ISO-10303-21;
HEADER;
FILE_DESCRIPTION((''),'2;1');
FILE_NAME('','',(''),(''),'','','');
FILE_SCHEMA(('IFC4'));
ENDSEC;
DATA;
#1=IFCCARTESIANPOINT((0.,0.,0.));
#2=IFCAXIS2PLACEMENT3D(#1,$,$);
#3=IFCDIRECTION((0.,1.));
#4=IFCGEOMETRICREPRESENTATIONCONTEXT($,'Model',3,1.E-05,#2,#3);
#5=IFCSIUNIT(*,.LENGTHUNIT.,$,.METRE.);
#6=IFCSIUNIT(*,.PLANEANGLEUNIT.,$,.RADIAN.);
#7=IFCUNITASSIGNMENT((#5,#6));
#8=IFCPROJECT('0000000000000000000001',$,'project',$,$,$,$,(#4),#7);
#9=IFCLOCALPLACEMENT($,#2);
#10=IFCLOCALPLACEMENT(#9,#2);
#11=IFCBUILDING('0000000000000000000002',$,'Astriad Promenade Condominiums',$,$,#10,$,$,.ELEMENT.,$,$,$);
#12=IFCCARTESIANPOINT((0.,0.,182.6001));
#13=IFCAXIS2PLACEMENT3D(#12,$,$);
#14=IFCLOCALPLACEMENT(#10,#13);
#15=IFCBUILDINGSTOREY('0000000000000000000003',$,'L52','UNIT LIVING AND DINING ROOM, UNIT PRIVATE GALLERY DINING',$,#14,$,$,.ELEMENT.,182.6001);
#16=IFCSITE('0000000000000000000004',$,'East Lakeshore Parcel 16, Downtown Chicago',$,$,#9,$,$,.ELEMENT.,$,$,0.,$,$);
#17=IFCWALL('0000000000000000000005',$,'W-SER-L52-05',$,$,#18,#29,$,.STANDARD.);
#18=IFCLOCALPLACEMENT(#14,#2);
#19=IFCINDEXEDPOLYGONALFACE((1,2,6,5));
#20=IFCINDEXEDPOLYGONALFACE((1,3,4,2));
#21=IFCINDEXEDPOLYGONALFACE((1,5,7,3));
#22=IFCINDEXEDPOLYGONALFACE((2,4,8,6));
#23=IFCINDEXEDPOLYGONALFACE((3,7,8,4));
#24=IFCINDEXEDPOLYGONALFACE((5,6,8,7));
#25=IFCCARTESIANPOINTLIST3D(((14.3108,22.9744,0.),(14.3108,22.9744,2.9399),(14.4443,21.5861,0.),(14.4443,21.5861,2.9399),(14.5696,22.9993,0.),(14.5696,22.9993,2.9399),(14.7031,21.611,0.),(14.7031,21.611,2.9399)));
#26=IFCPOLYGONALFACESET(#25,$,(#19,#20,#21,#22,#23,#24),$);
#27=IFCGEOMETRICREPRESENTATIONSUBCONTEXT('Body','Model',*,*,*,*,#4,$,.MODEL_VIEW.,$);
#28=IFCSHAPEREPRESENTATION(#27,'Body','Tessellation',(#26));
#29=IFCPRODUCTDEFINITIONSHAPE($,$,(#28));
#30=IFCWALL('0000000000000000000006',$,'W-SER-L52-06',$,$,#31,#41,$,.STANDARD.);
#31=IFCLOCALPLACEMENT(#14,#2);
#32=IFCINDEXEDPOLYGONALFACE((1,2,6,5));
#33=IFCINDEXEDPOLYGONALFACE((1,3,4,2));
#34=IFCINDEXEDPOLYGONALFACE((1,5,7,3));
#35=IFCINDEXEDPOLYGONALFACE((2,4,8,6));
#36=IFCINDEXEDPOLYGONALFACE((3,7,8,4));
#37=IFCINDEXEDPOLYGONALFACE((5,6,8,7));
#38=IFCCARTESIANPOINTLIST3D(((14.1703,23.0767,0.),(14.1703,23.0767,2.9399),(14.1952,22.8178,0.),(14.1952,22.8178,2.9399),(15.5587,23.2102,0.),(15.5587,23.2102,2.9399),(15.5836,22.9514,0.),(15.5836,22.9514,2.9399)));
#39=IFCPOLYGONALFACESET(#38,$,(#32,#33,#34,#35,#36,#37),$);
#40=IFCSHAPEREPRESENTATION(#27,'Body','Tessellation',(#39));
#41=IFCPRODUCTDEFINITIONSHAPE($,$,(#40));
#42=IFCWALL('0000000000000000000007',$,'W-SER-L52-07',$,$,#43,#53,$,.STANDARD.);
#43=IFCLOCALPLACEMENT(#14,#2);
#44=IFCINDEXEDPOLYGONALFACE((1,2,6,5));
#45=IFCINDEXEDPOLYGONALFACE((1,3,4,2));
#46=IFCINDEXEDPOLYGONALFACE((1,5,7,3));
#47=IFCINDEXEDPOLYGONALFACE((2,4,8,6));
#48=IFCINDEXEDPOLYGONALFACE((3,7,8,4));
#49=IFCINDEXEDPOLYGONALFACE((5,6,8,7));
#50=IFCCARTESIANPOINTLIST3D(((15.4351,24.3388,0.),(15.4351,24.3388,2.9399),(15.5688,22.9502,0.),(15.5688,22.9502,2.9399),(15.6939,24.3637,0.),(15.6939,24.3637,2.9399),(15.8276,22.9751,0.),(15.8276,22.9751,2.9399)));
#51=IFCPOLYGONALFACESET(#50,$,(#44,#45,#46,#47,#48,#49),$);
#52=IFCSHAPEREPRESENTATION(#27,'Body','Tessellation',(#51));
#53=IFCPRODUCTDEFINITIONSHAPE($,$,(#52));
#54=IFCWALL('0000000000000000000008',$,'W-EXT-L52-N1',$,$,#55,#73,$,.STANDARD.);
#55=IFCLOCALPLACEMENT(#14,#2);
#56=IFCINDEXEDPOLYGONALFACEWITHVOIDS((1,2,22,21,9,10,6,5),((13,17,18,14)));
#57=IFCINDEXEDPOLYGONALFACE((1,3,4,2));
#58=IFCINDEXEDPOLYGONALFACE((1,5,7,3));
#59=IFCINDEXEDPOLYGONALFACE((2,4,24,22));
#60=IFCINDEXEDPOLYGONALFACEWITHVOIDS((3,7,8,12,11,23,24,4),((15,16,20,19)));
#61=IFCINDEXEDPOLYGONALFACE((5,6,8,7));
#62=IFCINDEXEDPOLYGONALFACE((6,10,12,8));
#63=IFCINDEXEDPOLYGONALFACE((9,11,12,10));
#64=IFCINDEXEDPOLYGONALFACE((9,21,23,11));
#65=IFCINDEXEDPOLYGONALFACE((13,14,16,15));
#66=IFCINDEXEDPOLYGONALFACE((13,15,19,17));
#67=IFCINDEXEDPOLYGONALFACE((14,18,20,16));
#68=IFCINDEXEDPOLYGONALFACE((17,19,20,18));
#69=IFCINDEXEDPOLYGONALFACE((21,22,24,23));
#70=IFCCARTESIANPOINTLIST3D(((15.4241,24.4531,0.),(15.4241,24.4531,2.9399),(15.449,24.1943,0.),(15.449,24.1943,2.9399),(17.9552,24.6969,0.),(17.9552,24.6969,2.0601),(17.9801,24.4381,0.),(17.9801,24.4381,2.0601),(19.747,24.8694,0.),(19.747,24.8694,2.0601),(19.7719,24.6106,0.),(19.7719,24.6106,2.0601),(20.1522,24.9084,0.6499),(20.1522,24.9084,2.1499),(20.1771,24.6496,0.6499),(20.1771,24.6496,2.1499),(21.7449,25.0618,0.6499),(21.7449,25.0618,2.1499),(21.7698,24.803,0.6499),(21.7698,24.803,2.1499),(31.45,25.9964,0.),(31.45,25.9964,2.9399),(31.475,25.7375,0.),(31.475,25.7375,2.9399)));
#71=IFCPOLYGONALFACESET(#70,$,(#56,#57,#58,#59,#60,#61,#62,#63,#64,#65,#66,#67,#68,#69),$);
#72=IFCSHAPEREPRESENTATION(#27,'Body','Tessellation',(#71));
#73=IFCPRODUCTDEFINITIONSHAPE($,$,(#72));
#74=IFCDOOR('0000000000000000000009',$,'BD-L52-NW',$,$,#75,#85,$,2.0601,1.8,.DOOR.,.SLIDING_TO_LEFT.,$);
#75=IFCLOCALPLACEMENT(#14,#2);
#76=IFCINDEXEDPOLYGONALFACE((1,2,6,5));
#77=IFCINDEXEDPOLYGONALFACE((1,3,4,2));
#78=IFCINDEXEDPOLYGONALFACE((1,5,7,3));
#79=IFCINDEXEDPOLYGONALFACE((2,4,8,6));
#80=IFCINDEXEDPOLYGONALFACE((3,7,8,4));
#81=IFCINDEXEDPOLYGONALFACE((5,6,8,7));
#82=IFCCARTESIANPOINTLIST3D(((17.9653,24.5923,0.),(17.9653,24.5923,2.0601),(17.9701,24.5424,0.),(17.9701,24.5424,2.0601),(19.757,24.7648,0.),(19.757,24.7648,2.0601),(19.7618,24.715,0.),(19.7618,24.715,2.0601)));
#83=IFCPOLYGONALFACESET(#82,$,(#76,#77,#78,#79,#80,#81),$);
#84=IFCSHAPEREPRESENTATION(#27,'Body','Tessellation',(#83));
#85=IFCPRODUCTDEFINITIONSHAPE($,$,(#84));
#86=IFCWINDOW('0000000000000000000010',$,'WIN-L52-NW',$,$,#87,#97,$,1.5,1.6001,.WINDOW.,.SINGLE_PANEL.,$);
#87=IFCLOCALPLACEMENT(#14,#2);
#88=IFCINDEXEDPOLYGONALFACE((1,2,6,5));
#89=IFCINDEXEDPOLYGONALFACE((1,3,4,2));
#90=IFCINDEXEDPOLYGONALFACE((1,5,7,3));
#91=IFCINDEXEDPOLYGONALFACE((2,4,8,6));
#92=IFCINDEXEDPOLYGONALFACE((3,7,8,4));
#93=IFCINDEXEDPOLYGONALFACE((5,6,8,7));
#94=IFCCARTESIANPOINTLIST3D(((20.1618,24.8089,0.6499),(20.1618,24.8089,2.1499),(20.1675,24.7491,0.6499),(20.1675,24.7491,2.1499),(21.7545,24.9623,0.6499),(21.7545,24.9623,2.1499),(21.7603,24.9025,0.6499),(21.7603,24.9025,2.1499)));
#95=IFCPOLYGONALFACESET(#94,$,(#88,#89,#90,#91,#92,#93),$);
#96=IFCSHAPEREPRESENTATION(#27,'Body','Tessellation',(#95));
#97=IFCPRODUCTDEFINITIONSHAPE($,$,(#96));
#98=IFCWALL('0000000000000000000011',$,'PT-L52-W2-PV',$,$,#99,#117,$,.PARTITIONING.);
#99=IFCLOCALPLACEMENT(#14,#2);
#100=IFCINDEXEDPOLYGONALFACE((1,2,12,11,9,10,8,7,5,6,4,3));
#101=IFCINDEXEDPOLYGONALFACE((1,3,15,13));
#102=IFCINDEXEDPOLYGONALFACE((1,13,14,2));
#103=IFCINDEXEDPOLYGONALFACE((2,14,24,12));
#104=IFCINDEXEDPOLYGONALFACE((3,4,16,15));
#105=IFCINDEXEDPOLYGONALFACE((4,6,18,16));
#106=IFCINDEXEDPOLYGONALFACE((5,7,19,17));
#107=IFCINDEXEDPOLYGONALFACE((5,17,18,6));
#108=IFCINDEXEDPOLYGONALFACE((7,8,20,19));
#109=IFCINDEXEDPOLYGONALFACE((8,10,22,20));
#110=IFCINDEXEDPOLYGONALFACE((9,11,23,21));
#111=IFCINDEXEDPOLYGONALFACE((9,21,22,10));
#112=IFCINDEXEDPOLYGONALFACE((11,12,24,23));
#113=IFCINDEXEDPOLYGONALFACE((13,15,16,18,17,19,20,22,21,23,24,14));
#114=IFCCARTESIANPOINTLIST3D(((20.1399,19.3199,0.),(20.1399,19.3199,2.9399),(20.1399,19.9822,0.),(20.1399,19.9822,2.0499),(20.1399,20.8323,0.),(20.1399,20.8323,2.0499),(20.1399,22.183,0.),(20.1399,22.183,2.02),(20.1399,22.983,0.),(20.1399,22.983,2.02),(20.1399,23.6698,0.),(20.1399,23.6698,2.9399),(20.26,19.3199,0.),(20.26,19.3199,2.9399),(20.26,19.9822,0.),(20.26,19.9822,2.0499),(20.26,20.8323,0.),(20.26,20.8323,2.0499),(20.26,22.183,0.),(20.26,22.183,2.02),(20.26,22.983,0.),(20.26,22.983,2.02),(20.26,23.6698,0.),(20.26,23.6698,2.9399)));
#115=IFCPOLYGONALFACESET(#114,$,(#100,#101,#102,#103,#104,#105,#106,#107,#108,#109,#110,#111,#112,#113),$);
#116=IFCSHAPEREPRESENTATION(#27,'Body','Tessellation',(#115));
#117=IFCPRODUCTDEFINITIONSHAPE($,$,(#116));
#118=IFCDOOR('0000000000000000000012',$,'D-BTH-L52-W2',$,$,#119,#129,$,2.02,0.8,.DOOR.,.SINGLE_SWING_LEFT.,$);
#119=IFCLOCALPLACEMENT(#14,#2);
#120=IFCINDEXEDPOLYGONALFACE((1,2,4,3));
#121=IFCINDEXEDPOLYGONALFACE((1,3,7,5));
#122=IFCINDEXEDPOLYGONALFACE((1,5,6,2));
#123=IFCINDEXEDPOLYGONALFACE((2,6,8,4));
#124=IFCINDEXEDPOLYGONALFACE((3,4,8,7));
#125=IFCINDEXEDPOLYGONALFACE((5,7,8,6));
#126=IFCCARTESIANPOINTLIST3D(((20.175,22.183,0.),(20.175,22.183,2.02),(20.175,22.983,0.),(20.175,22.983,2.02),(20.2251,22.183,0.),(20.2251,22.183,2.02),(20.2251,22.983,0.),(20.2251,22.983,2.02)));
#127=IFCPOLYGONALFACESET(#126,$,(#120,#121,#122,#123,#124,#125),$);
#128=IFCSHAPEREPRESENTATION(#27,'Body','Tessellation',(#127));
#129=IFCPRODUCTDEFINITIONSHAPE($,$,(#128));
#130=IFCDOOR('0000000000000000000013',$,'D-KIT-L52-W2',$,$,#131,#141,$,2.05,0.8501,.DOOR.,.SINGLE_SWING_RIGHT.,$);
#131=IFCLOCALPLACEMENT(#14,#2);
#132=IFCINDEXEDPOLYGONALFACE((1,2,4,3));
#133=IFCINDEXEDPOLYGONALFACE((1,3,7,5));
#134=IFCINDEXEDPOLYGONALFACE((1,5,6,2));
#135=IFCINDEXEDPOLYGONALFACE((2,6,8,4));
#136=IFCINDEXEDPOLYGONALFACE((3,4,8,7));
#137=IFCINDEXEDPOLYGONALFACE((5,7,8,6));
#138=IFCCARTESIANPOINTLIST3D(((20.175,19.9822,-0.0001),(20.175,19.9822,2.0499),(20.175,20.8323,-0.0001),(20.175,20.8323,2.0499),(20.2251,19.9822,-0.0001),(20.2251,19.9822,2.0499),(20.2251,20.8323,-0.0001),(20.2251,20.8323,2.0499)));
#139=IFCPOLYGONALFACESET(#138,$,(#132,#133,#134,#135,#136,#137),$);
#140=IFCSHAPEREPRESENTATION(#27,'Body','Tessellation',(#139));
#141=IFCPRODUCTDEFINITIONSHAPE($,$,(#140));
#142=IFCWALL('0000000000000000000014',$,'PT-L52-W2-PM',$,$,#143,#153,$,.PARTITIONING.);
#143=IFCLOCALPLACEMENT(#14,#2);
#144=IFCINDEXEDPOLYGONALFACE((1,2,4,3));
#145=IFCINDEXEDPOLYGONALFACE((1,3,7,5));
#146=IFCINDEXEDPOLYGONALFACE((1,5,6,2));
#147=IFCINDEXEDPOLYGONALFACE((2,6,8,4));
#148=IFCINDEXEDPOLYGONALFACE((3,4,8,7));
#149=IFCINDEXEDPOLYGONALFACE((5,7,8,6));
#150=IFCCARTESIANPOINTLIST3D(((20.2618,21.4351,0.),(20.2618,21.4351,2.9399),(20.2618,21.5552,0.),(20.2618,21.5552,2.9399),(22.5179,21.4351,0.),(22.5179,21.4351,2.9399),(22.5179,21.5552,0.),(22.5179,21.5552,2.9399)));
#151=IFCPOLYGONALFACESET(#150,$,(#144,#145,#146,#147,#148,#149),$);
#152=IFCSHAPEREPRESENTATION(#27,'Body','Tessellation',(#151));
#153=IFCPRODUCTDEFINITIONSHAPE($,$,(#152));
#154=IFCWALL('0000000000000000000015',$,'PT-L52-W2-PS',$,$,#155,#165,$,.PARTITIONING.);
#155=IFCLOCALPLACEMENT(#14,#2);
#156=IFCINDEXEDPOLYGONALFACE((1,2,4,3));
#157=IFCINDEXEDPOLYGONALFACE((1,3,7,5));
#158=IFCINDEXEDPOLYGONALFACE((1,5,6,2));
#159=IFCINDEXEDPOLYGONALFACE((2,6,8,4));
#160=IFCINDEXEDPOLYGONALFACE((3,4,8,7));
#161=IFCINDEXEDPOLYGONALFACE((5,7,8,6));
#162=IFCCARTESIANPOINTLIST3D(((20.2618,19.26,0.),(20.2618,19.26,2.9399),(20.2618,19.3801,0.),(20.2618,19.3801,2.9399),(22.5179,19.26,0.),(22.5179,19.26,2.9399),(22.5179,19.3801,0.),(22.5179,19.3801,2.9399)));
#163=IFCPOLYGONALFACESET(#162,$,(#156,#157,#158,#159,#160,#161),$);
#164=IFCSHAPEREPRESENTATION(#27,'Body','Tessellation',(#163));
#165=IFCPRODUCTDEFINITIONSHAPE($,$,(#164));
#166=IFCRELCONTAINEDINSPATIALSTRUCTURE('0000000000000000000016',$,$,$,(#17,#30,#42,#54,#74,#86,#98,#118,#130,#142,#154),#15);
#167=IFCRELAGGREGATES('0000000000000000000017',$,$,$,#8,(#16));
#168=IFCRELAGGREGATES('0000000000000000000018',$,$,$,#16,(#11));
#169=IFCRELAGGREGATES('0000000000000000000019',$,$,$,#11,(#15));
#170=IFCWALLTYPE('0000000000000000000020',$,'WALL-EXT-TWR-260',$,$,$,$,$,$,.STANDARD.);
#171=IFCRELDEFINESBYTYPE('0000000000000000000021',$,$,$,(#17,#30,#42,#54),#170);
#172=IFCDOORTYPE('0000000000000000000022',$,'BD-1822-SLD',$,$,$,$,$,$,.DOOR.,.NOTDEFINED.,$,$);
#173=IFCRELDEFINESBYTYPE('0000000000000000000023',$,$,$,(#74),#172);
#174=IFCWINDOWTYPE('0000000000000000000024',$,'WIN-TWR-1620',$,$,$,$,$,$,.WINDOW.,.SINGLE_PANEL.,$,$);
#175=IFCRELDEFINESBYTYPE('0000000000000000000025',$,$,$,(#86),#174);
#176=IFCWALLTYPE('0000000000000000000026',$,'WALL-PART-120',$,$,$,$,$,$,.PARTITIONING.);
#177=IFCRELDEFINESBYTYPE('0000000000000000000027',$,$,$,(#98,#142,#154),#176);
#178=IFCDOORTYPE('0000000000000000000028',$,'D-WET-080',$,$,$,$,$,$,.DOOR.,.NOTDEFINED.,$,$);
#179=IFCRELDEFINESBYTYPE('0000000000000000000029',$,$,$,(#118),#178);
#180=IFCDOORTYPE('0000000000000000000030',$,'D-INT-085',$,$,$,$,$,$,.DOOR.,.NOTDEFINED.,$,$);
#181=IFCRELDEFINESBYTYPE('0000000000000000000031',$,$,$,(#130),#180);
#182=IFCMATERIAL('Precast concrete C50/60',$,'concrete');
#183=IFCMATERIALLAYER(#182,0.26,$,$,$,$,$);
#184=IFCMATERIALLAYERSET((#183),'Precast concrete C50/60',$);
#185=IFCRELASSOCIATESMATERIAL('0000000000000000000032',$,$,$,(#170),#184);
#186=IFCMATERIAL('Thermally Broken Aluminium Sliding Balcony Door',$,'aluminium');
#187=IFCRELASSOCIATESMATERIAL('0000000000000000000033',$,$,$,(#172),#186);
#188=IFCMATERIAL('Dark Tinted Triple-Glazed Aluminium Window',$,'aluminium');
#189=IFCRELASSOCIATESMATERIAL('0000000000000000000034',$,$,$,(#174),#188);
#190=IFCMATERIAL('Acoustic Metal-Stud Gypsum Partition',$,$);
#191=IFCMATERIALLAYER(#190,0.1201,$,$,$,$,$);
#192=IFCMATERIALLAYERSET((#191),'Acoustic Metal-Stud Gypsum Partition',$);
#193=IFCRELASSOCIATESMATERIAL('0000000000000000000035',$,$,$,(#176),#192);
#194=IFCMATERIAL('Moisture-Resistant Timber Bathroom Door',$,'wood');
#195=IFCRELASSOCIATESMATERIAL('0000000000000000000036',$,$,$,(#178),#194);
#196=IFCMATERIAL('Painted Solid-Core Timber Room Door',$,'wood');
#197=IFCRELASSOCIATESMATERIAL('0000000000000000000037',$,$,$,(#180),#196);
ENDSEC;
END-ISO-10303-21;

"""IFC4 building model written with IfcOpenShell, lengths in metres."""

from ifc_helpers import new_model, si_unit, direction, frame, frame_2d, origin, place, context, subcontext, project, spatial, rectangle, extrude, source, transform, mapped, material, layer, layer_set, type_object, type_shapes, element, fill, save


model = new_model("IFC4")

# Units and contexts
model_context = context("Model", 3, precision=1e-05, world=origin(), true_north=direction((0.0, 1.0)))
body_context = subcontext(model_context, "Body", "Model", "MODEL_VIEW")
ifc_project = project(units=[si_unit("LENGTHUNIT", "METRE"), si_unit("PLANEANGLEUNIT", "RADIAN")], contexts=[model_context])

# Site, building, storey
site_placement = place(None, origin())
site = spatial("IfcSite", under=ifc_project, at=site_placement, Name="East Lakeshore Parcel 16, Downtown Chicago", CompositionType="ELEMENT", RefElevation=0.0)
building_placement = place(site_placement, origin())
building = spatial("IfcBuilding", under=site, at=building_placement, Name="Astriad Promenade Condominiums", CompositionType="ELEMENT")
storey_placement = place(building_placement, frame((0.0, 0.0, 182.6001)))
storey = spatial("IfcBuildingStorey", under=building, at=storey_placement, Name="L52", Description="UNIT LIVING AND DINING ROOM, UNIT PRIVATE GALLERY DINING", CompositionType="ELEMENT", Elevation=182.6001)

# Walls
ifc_material_1 = material(Name="Precast concrete C50/60", Category="concrete")
ifc_layer_1 = layer(ifc_material_1, 0.26)
ifc_layer_set_1 = layer_set([ifc_layer_1], Name="Precast concrete C50/60")
wall_type_1 = type_object("IfcWallType", Name="WALL-EXT-TWR-260", PredefinedType="STANDARD", material=ifc_layer_set_1)
for number, where, z_axis, x_axis, name in (
    (1, (14.5737, 21.5986, 0.0), (0.0, 0.0, 1.0), (-0.095742, 0.995406, 0.0), "W-SER-L52-05"),
    (2, (14.1829, 22.9473, 0.0), (0.0, 0.0, 1.0), (0.995406, 0.095742, 0.0), "W-SER-L52-06"),
):
    element("IfcWall", number, at=place(storey_placement, frame(where, z_axis=z_axis, x_axis=x_axis)), inside=storey, type_object=wall_type_1, Name=name, PredefinedType="STANDARD", context=body_context, shape_type="SweptSolid", body=[
        extrude(rectangle(XDim=1.3948, YDim=0.26, at=frame_2d((0.6973, 0.0))), origin(), (0.0, 0.0, 1.0), 2.9399),
    ])
wall_1_placement = place(storey_placement, frame((15.6982, 22.9626, 0.0), z_axis=(0.0, 0.0, 1.0), x_axis=(-0.095899, 0.995391, 0.0)))
element("IfcWall", 3, at=wall_1_placement, inside=storey, type_object=wall_type_1, Name="W-SER-L52-07", PredefinedType="STANDARD", context=body_context, shape_type="SweptSolid", body=[
    extrude(rectangle(XDim=1.395, YDim=0.26, at=frame_2d((0.6975, 0.0))), origin(), (0.0, 0.0, 1.0), 2.9399),
])

# Wall, openings, door, window
wall_2_placement = place(storey_placement, frame((15.4365, 24.3237, 0.0), z_axis=(0.0, 0.0, 1.0), x_axis=(0.995396, 0.095852, 0.0)))
wall_2 = element("IfcWall", 4, at=wall_2_placement, inside=storey, type_object=wall_type_1, Name="W-EXT-L52-N1", PredefinedType="STANDARD", context=body_context, shape_type="SweptSolid", body=[
    extrude(rectangle(XDim=16.1001, YDim=0.26, at=frame_2d((8.05, 0.0))), origin(), (0.0, 0.0, 1.0), 2.9399),
])
opening_1_placement = place(wall_2_placement, frame((2.543, 0.0, 0.0)))
opening_1 = element("IfcOpeningElement", 5, at=opening_1_placement, cuts=wall_2, PredefinedType="OPENING", context=body_context, shape_type="SweptSolid", body=[
    extrude(rectangle(XDim=1.8, YDim=2.0601, at=frame_2d((0.8999, 1.03))), frame((0.0, 0.1399, 0.0), z_axis=(0.0, -1.0, 0.0), x_axis=(1.0, 0.0, 0.0)), (0.0, 0.0, 1.0), 0.28),
])
opening_2_placement = place(wall_2_placement, frame((4.75, 0.0, 0.6499)))
opening_2 = element("IfcOpeningElement", 6, at=opening_2_placement, cuts=wall_2, PredefinedType="OPENING", context=body_context, shape_type="SweptSolid", body=[
    extrude(rectangle(XDim=1.6001, YDim=1.5, at=frame_2d((0.8, 0.75))), frame((0.0, 0.1399, 0.0), z_axis=(0.0, -1.0, 0.0), x_axis=(1.0, 0.0, 0.0)), (0.0, 0.0, 1.0), 0.28),
])
ifc_material_2 = material(Name="Thermally Broken Aluminium Sliding Balcony Door", Category="aluminium")
door_type_1 = type_object("IfcDoorType", Name="BD-1822-SLD", OperationType="NOTDEFINED", PredefinedType="DOOR", material=ifc_material_2)
shared_shape_1 = source(origin(), body_context, "Body", "SweptSolid", [
    extrude(rectangle(XDim=1.8, YDim=2.0601, at=frame_2d((0.8999, 1.03))), frame((0.0, 0.0249, 0.0), z_axis=(0.0, -1.0, 0.0), x_axis=(1.0, 0.0, 0.0)), (0.0, 0.0, 1.0), 0.05),
])
type_shapes(door_type_1, [shared_shape_1])
door_1_placement = place(opening_1_placement, origin())
door_1 = element("IfcDoor", 7, at=door_1_placement, inside=storey, type_object=door_type_1, Name="BD-L52-NW", OperationType="SLIDING_TO_LEFT", OverallHeight=2.0601, OverallWidth=1.8, PredefinedType="DOOR", context=body_context, shape_type="MappedRepresentation", body=[
    mapped(shared_shape_1, transform((0.0, 0.0, 0.0), scale=1.0)),
])
fill(opening_1, door_1)
ifc_material_3 = material(Name="Dark Tinted Triple-Glazed Aluminium Window", Category="aluminium")
window_type = type_object("IfcWindowType", Name="WIN-TWR-1620", PartitioningType="SINGLE_PANEL", PredefinedType="WINDOW", material=ifc_material_3)
shared_shape_2 = source(origin(), body_context, "Body", "SweptSolid", [
    extrude(rectangle(XDim=1.6001, YDim=1.5, at=frame_2d((0.8, 0.75))), frame((0.0, 0.03, 0.0), z_axis=(0.0, -1.0, 0.0), x_axis=(1.0, 0.0, 0.0)), (0.0, 0.0, 1.0), 0.0601),
])
type_shapes(window_type, [shared_shape_2])
window_placement = place(opening_2_placement, origin())
window = element("IfcWindow", 8, at=window_placement, inside=storey, type_object=window_type, Name="WIN-L52-NW", OverallHeight=1.5, OverallWidth=1.6001, PartitioningType="SINGLE_PANEL", PredefinedType="WINDOW", context=body_context, shape_type="MappedRepresentation", body=[
    mapped(shared_shape_2, transform((0.0, 0.0, 0.0), scale=1.0)),
])
fill(opening_2, window)

# Wall, openings, doors
ifc_material_4 = material(Name="Acoustic Metal-Stud Gypsum Partition")
ifc_layer_2 = layer(ifc_material_4, 0.1201)
ifc_layer_set_2 = layer_set([ifc_layer_2], Name="Acoustic Metal-Stud Gypsum Partition")
wall_type_2 = type_object("IfcWallType", Name="WALL-PART-120", PredefinedType="PARTITIONING", material=ifc_layer_set_2)
wall_3_placement = place(storey_placement, frame((20.2, 19.3201, 0.0), z_axis=(0.0, 0.0, 1.0), x_axis=(0.0, 1.0, 0.0)))
wall_3 = element("IfcWall", 9, at=wall_3_placement, inside=storey, type_object=wall_type_2, Name="PT-L52-W2-PV", PredefinedType="PARTITIONING", context=body_context, shape_type="SweptSolid", body=[
    extrude(rectangle(XDim=4.3499, YDim=0.1201, at=frame_2d((2.1748, 0.0))), origin(), (0.0, 0.0, 1.0), 2.9399),
])
opening_3_placement = place(wall_3_placement, frame((0.6621, 0.0, 0.0)))
opening_3 = element("IfcOpeningElement", 10, at=opening_3_placement, cuts=wall_3, PredefinedType="OPENING", context=body_context, shape_type="SweptSolid", body=[
    extrude(rectangle(XDim=0.8501, YDim=2.05, at=frame_2d((0.425, 1.0249))), frame((0.0, 0.0701, 0.0), z_axis=(0.0, -1.0, 0.0), x_axis=(1.0, 0.0, 0.0)), (0.0, 0.0, 1.0), 0.1401),
])
opening_4_placement = place(wall_3_placement, frame((2.863, 0.0, 0.0)))
opening_4 = element("IfcOpeningElement", 11, at=opening_4_placement, cuts=wall_3, PredefinedType="OPENING", context=body_context, shape_type="SweptSolid", body=[
    extrude(rectangle(XDim=0.8, YDim=2.02, at=frame_2d((0.3999, 1.01))), frame((0.0, 0.0701, 0.0), z_axis=(0.0, -1.0, 0.0), x_axis=(1.0, 0.0, 0.0)), (0.0, 0.0, 1.0), 0.1401),
])
ifc_material_5 = material(Name="Moisture-Resistant Timber Bathroom Door", Category="wood")
door_type_2 = type_object("IfcDoorType", Name="D-WET-080", OperationType="NOTDEFINED", PredefinedType="DOOR", material=ifc_material_5)
shared_shape_3 = source(origin(), body_context, "Body", "SweptSolid", [
    extrude(rectangle(XDim=0.8, YDim=2.02, at=frame_2d((0.3999, 1.01))), frame((0.0, 0.0249, 0.0), z_axis=(0.0, -1.0, 0.0), x_axis=(1.0, 0.0, 0.0)), (0.0, 0.0, 1.0), 0.05),
])
type_shapes(door_type_2, [shared_shape_3])
door_2_placement = place(opening_4_placement, origin())
door_2 = element("IfcDoor", 12, at=door_2_placement, inside=storey, type_object=door_type_2, Name="D-BTH-L52-W2", OperationType="SINGLE_SWING_LEFT", OverallHeight=2.02, OverallWidth=0.8, PredefinedType="DOOR", context=body_context, shape_type="MappedRepresentation", body=[
    mapped(shared_shape_3, transform((0.0, 0.0, 0.0), scale=1.0)),
])
fill(opening_4, door_2)
ifc_material_6 = material(Name="Painted Solid-Core Timber Room Door", Category="wood")
door_type_3 = type_object("IfcDoorType", Name="D-INT-085", OperationType="NOTDEFINED", PredefinedType="DOOR", material=ifc_material_6)
shared_shape_4 = source(origin(), body_context, "Body", "SweptSolid", [
    extrude(rectangle(XDim=0.8501, YDim=2.05, at=frame_2d((0.425, 1.0249))), frame((0.0, 0.0249, 0.0), z_axis=(0.0, -1.0, 0.0), x_axis=(1.0, 0.0, 0.0)), (0.0, 0.0, 1.0), 0.05),
])
type_shapes(door_type_3, [shared_shape_4])
door_3_placement = place(opening_3_placement, origin())
door_3 = element("IfcDoor", 13, at=door_3_placement, inside=storey, type_object=door_type_3, Name="D-KIT-L52-W2", OperationType="SINGLE_SWING_RIGHT", OverallHeight=2.05, OverallWidth=0.8501, PredefinedType="DOOR", context=body_context, shape_type="MappedRepresentation", body=[
    mapped(shared_shape_4, transform((0.0, 0.0, 0.0), scale=1.0)),
])
fill(opening_3, door_3)

# Walls
for number, where, z_axis, x_axis, name in (
    (14, (20.262, 21.4951, 0.0), (0.0, 0.0, 1.0), (1.0, 0.0, 0.0), "PT-L52-W2-PM"),
    (15, (20.262, 19.3201, 0.0), (0.0, 0.0, 1.0), (1.0, 0.0, 0.0), "PT-L52-W2-PS"),
):
    element("IfcWall", number, at=place(storey_placement, frame(where, z_axis=z_axis, x_axis=x_axis)), inside=storey, type_object=wall_type_2, Name=name, PredefinedType="PARTITIONING", context=body_context, shape_type="SweptSolid", body=[
        extrude(rectangle(XDim=2.2561, YDim=0.1201, at=frame_2d((1.1279, 0.0))), origin(), (0.0, 0.0, 1.0), 2.9399),
    ])

save(model, "model.ifc")
